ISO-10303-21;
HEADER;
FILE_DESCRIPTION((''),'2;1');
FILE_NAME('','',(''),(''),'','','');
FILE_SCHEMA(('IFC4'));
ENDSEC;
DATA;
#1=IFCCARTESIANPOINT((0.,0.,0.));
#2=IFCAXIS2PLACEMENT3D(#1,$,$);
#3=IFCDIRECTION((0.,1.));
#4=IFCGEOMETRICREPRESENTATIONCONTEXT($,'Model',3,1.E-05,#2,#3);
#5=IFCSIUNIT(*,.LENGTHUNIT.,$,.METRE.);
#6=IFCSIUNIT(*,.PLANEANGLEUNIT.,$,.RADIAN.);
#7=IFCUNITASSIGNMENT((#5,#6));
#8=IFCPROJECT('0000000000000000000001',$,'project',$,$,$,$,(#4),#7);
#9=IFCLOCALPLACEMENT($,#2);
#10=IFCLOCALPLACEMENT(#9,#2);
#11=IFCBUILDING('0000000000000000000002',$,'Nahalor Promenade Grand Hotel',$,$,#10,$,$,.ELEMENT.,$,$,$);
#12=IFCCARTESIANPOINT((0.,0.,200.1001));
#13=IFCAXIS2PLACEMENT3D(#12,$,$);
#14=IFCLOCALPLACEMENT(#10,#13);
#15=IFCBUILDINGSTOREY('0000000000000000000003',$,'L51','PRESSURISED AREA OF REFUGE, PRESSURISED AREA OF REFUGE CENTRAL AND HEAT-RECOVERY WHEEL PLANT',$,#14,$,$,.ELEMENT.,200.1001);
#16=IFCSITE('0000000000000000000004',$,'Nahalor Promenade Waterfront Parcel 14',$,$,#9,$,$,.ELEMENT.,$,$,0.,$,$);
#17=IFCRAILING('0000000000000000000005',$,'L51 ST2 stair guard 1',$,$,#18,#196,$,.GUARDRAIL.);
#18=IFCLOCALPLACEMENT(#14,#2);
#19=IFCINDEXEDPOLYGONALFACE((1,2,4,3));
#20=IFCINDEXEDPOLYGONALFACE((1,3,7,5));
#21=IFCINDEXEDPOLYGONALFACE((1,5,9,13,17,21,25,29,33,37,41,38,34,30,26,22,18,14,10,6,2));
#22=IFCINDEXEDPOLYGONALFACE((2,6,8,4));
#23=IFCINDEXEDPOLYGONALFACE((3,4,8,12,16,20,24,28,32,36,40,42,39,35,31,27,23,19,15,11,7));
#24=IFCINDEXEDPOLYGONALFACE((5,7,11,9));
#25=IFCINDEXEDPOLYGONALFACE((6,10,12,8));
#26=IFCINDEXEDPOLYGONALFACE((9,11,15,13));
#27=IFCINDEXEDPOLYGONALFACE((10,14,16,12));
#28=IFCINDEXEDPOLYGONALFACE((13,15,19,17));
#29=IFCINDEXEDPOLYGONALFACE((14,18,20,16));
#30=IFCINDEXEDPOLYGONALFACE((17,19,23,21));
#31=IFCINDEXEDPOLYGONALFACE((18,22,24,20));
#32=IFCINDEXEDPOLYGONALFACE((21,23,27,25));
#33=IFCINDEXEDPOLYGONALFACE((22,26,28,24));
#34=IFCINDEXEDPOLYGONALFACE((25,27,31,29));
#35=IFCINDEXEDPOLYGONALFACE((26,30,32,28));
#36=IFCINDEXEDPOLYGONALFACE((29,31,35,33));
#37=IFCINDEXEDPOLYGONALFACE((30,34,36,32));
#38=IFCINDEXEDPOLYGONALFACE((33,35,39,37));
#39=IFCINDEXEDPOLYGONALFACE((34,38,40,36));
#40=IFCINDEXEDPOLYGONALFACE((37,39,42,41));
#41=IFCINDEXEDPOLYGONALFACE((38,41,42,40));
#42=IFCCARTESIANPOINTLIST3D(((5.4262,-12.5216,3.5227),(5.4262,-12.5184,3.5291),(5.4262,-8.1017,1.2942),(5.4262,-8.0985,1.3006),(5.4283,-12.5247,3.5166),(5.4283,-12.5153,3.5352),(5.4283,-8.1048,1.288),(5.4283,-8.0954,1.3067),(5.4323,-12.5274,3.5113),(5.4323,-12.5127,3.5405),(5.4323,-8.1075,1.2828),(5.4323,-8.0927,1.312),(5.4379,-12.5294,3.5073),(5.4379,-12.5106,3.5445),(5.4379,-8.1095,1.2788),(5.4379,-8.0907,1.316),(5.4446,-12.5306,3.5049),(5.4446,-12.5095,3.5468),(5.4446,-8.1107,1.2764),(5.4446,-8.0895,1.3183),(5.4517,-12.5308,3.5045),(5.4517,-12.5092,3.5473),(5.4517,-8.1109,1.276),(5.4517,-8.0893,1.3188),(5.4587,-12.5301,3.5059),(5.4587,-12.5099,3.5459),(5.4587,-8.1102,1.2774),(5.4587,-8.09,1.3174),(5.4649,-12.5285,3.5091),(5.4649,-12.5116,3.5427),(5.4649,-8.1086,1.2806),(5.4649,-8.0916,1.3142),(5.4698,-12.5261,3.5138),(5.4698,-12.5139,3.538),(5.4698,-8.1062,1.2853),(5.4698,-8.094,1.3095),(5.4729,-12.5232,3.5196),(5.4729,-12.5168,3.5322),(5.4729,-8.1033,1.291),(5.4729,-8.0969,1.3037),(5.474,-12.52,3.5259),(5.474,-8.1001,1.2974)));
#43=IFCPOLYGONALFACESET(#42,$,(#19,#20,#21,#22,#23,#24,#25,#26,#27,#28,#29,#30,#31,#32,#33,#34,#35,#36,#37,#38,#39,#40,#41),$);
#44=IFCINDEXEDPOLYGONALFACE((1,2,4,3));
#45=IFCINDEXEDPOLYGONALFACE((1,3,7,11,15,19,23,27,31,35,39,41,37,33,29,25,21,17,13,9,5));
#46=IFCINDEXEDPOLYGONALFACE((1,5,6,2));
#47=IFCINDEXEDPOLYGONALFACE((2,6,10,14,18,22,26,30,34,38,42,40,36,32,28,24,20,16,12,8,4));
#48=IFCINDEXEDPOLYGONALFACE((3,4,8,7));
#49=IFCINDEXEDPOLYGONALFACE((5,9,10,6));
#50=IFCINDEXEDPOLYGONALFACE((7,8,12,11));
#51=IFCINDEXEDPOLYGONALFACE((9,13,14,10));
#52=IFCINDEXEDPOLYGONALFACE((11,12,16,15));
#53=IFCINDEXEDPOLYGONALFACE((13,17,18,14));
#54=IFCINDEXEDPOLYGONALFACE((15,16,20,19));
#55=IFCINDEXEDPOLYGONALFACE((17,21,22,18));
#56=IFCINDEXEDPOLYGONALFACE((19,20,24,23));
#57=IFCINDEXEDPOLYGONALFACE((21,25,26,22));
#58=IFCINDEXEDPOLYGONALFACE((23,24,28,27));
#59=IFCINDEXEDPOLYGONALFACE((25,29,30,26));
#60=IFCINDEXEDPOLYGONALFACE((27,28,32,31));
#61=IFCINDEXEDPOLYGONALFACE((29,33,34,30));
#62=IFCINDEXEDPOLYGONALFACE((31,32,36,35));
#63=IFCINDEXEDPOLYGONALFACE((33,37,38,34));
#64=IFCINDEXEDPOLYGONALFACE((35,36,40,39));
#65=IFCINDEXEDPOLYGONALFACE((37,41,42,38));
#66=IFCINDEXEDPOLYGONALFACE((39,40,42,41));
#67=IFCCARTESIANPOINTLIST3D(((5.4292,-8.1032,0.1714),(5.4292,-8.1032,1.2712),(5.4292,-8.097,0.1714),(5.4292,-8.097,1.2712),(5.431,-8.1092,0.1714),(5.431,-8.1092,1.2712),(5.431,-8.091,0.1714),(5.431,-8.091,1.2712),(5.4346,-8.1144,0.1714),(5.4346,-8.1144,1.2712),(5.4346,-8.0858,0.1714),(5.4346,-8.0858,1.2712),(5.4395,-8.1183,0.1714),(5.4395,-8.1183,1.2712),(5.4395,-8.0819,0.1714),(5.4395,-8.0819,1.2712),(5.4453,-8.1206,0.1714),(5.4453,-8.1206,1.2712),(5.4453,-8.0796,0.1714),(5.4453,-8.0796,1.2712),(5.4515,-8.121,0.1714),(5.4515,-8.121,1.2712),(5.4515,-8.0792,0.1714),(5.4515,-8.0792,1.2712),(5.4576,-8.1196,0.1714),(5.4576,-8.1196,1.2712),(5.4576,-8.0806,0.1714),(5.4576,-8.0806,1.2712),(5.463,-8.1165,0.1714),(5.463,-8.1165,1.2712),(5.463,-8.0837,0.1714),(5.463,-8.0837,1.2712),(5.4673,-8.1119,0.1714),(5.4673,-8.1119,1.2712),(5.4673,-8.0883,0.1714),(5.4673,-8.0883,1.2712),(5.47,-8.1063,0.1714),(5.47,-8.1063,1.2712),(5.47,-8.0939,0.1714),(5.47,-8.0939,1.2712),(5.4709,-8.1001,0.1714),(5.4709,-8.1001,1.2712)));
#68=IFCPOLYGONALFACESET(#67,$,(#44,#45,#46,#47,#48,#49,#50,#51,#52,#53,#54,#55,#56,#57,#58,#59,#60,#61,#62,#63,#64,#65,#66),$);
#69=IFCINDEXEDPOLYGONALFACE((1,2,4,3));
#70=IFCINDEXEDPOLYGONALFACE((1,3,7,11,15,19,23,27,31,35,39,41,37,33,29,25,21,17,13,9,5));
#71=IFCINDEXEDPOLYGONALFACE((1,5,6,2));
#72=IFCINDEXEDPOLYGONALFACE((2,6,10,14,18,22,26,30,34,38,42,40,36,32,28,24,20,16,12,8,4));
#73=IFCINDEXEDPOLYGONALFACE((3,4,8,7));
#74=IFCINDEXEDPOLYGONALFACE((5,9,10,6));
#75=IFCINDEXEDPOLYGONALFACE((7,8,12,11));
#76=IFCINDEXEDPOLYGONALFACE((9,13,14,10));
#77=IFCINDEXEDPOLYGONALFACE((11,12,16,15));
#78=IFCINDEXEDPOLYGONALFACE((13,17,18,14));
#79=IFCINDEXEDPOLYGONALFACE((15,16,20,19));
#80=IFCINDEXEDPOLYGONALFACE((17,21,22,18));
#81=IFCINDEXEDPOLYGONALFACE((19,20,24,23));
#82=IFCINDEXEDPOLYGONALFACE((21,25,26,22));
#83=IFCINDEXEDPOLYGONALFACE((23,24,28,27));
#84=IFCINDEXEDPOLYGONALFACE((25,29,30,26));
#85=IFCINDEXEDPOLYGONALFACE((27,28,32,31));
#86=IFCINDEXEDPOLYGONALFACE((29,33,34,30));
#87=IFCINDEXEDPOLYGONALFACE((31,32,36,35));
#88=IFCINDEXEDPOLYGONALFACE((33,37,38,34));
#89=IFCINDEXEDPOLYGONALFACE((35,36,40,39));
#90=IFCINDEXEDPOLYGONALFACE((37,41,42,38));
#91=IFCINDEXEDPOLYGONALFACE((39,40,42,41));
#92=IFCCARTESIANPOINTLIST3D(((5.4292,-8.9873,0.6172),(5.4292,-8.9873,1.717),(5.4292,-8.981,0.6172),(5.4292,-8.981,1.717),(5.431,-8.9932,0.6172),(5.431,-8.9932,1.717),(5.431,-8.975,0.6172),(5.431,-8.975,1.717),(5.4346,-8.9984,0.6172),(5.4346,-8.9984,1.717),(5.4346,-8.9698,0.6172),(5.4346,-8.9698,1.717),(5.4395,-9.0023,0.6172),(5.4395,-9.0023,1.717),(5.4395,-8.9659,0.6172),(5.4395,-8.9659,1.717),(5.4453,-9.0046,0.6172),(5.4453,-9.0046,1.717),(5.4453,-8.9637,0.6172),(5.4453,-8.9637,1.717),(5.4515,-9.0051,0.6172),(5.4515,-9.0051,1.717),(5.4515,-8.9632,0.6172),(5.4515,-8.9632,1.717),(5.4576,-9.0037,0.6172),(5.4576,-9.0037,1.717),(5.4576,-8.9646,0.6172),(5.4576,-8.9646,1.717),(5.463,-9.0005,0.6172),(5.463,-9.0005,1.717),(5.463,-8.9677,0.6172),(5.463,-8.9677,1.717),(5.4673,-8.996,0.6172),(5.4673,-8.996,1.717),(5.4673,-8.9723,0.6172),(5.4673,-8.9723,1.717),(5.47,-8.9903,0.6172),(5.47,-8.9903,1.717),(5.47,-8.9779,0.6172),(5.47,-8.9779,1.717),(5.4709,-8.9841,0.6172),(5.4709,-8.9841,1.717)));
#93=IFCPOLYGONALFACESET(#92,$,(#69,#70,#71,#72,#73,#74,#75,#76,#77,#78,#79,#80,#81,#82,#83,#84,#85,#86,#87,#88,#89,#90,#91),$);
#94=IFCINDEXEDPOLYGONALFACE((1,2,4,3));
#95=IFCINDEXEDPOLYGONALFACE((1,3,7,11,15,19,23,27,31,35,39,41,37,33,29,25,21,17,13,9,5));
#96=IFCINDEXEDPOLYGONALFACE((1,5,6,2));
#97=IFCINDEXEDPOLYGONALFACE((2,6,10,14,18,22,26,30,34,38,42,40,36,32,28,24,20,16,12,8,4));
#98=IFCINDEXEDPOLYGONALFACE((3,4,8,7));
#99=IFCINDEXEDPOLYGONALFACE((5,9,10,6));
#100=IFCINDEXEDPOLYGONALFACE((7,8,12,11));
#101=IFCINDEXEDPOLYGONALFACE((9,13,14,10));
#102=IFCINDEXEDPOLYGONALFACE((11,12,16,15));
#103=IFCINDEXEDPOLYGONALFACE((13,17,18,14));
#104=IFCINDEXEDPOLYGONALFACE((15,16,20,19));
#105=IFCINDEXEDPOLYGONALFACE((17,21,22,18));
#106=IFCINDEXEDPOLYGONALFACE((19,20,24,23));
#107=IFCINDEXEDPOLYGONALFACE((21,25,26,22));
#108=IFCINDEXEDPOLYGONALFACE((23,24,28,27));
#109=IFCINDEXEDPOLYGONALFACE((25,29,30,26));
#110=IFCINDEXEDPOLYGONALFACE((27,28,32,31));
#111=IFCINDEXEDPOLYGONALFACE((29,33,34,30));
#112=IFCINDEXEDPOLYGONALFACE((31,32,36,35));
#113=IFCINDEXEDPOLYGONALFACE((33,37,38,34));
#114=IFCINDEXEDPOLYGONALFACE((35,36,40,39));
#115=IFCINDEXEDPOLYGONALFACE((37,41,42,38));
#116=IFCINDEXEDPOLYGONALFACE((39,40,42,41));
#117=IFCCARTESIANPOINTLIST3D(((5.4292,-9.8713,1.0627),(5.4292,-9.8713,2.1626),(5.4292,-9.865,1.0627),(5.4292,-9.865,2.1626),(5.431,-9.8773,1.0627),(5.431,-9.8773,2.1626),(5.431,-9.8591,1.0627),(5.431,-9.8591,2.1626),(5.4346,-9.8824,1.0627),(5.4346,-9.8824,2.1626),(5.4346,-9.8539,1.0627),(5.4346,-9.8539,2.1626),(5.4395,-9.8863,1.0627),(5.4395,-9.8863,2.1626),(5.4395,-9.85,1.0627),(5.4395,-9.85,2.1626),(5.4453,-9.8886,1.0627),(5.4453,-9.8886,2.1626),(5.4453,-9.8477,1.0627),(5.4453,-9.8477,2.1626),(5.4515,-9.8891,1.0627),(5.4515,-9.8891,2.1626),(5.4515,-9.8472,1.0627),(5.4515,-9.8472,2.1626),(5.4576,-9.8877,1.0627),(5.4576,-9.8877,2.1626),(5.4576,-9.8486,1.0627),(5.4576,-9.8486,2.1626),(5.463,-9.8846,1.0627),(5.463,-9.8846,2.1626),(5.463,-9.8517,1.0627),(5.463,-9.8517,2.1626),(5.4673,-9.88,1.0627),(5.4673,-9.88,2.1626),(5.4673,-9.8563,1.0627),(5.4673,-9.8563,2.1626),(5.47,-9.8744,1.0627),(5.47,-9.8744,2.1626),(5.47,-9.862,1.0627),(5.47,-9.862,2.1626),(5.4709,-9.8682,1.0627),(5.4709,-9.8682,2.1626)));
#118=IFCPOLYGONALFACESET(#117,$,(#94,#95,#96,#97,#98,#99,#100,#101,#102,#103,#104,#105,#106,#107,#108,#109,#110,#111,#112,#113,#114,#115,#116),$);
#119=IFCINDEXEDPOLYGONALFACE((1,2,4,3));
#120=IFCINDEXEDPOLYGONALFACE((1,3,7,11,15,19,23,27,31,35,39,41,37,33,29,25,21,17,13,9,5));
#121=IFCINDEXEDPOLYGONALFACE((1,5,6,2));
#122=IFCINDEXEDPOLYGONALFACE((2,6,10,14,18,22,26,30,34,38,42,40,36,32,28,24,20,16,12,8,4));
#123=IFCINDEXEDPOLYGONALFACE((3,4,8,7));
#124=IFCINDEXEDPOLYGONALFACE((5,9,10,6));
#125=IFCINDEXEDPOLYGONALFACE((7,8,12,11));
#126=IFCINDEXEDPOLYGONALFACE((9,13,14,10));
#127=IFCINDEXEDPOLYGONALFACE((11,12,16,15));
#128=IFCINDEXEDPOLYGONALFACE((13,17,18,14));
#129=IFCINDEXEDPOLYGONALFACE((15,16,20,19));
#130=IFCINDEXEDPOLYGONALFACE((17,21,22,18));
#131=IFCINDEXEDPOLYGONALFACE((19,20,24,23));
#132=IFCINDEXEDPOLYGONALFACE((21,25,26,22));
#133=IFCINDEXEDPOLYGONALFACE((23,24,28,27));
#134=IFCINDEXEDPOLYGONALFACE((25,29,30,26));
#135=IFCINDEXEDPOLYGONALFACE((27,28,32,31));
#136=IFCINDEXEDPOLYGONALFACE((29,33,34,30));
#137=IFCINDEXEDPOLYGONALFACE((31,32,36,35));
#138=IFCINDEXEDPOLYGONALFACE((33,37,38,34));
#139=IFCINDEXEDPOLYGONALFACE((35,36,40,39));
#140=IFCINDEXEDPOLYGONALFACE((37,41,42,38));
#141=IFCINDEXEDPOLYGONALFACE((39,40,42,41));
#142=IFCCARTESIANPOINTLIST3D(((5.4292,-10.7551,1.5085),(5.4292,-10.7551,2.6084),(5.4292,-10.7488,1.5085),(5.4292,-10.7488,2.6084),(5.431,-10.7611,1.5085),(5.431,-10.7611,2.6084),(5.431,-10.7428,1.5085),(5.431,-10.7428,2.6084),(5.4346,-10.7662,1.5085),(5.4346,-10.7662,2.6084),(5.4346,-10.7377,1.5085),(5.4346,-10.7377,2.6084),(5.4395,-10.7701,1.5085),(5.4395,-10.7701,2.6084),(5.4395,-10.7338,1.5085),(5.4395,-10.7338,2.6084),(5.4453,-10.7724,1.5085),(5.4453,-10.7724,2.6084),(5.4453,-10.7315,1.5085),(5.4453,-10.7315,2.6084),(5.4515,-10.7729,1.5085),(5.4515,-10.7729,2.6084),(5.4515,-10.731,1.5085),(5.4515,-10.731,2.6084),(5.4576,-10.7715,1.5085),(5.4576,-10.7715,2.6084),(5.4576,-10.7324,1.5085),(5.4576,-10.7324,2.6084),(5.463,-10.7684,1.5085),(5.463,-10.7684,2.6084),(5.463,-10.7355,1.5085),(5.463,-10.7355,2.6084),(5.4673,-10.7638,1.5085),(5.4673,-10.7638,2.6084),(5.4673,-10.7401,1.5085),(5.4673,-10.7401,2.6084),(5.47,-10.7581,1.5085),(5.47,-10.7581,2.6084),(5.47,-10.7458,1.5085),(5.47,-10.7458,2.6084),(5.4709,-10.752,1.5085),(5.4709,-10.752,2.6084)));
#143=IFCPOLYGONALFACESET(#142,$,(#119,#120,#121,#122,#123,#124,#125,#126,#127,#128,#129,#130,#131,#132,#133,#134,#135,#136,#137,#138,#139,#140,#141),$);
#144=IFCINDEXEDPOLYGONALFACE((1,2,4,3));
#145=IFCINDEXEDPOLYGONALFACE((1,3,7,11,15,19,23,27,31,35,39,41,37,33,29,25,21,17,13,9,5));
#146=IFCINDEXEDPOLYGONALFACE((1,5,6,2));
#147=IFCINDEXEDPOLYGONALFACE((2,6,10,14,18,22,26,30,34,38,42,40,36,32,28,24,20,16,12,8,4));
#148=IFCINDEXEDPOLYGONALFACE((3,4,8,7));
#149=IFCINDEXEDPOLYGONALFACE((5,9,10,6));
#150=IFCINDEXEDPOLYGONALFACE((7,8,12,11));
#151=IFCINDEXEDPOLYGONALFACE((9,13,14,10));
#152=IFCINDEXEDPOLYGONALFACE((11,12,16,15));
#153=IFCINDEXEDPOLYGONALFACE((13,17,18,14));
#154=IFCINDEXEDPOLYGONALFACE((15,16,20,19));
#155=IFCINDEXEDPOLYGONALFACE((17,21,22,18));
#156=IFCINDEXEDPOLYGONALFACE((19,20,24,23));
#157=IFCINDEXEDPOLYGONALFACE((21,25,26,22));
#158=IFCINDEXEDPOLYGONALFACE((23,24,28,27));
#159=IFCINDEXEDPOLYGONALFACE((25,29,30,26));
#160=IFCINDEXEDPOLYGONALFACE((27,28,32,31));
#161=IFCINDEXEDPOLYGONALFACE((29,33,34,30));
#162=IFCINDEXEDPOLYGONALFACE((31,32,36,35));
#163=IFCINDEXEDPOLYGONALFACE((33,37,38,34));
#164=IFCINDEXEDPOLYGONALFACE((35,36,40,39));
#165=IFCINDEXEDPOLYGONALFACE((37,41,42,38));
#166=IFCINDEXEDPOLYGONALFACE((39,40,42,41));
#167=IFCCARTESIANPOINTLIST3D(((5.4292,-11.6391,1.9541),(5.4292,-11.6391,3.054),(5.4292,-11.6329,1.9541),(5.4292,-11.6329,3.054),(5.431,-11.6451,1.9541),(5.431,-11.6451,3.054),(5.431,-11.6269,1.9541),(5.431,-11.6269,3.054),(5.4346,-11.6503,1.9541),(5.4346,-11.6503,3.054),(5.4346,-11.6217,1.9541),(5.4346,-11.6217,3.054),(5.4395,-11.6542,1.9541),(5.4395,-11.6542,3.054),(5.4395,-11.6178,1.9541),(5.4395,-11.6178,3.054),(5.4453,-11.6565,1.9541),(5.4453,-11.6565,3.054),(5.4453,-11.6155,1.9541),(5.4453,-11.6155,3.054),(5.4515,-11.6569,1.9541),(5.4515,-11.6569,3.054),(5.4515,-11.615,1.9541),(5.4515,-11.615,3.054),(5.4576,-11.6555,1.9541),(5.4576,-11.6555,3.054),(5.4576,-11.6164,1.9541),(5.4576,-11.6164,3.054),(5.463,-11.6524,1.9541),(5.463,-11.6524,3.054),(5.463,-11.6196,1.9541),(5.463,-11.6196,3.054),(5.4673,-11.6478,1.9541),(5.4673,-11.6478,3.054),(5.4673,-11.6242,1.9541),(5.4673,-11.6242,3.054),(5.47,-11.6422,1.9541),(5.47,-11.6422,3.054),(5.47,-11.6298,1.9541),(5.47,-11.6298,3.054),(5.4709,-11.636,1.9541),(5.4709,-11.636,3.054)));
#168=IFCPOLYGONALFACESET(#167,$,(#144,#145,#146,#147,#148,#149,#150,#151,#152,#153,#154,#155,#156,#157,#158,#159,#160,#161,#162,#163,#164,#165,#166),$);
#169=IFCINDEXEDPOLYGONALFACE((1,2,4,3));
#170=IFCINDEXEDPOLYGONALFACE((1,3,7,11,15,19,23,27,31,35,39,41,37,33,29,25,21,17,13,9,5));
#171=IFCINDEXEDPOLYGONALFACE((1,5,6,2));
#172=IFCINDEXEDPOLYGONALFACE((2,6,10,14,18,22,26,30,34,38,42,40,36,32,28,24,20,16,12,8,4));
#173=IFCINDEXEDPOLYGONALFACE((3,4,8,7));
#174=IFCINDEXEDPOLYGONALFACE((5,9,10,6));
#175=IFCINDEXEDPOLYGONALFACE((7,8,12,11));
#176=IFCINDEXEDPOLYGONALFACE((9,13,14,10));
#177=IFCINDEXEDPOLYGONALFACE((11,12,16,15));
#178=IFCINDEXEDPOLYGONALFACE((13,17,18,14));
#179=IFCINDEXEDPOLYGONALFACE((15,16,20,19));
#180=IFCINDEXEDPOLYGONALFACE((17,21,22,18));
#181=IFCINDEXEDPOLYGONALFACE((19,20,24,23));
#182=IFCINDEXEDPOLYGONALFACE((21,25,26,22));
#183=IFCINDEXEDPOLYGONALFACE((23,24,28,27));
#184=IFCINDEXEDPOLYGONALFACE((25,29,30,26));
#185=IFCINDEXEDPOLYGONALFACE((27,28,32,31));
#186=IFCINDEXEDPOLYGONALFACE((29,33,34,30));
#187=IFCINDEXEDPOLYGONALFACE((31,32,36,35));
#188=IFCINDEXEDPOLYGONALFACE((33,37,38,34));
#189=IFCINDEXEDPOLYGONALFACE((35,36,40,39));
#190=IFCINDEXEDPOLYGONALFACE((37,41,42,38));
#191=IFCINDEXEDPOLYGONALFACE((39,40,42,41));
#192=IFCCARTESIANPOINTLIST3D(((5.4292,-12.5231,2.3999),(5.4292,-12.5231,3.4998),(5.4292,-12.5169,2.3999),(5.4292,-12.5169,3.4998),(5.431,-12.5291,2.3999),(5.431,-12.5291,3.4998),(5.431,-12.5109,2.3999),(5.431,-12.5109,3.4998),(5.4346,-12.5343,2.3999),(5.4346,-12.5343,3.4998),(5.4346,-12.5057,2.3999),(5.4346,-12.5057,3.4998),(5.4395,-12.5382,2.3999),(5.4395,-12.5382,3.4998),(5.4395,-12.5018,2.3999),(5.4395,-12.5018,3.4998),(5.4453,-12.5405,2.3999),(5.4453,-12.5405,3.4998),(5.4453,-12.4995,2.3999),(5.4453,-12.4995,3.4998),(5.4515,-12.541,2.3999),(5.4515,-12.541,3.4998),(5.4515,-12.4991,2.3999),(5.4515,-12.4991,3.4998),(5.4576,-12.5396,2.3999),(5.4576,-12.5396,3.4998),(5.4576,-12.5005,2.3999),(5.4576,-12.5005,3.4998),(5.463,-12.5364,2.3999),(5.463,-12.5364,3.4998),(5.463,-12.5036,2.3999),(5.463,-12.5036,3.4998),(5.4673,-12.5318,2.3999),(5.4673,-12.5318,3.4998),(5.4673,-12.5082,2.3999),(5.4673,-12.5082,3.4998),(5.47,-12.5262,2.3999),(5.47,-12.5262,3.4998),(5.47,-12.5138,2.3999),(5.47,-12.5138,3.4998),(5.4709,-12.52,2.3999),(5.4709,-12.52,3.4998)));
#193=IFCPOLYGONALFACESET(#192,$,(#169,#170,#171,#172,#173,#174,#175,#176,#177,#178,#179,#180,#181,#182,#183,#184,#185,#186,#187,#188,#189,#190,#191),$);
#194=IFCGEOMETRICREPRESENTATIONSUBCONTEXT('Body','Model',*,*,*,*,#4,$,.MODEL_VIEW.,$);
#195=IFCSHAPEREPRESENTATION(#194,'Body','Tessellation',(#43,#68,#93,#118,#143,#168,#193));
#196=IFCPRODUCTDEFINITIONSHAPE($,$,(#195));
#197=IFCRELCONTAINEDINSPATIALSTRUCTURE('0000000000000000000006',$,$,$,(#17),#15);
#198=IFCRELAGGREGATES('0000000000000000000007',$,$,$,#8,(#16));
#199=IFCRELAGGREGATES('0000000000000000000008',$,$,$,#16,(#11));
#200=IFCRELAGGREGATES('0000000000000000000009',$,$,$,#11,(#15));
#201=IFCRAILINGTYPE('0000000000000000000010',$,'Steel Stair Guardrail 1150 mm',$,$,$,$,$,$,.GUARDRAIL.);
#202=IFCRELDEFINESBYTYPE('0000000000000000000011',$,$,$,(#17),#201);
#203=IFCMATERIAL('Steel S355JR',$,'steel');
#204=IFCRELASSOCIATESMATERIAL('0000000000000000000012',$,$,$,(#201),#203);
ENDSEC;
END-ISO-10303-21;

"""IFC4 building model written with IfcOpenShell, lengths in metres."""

from ifc_helpers import new_model, si_unit, direction, frame, origin, origin_2d, place, context, subcontext, project, spatial, circle, extrude, material, type_object, element, save


model = new_model("IFC4")

# Units and contexts
model_context = context("Model", 3, precision=1e-05, world=origin(), true_north=direction((0.0, 1.0)))
body_context = subcontext(model_context, "Body", "Model", "MODEL_VIEW")
ifc_project = project(units=[si_unit("LENGTHUNIT", "METRE"), si_unit("PLANEANGLEUNIT", "RADIAN")], contexts=[model_context])

# Site, building, storey
site_placement = place(None, origin())
site = spatial("IfcSite", under=ifc_project, at=site_placement, Name="Nahalor Promenade Waterfront Parcel 14", CompositionType="ELEMENT", RefElevation=0.0)
building_placement = place(site_placement, origin())
building = spatial("IfcBuilding", under=site, at=building_placement, Name="Nahalor Promenade Grand Hotel", CompositionType="ELEMENT")
storey_placement = place(building_placement, frame((0.0, 0.0, 200.1001)))
storey = spatial("IfcBuildingStorey", under=building, at=storey_placement, Name="L51", Description="PRESSURISED AREA OF REFUGE, PRESSURISED AREA OF REFUGE CENTRAL AND HEAT-RECOVERY WHEEL PLANT", CompositionType="ELEMENT", Elevation=200.1001)

# Shared definitions
ifc_material_1 = material(Name="Steel S355JR", Category="steel")

# Railing
railing_type_1 = type_object("IfcRailingType", Name="Steel Stair Guardrail 1150 mm", PredefinedType="GUARDRAIL", material=ifc_material_1)
railing_1_placement = place(storey_placement, frame((5.45, -8.1001, 0.1714)))
element("IfcRailing", 1, at=railing_1_placement, inside=storey, type_object=railing_type_1, Name="L51 ST2 stair guard 1", PredefinedType="GUARDRAIL", context=body_context, shape_type="SweptSolid", body=[
    extrude(circle(Radius=0.024, at=origin_2d()), frame((0.0, 0.0, 1.126), z_axis=(0.0, -0.892923, 0.45021), x_axis=(1.0, 0.0, 0.0)), (0.0, 0.0, 1.0), 4.95),
    extrude(circle(Radius=0.021, at=origin_2d()), origin(), (0.0, 0.0, 1.0), 1.0999),
    extrude(circle(Radius=0.021, at=origin_2d()), frame((0.0, -0.884, 0.4458)), (0.0, 0.0, 1.0), 1.0999),
    extrude(circle(Radius=0.021, at=origin_2d()), frame((0.0, -1.7681, 0.8914)), (0.0, 0.0, 1.0), 1.0999),
    extrude(circle(Radius=0.021, at=origin_2d()), frame((0.0, -2.6519, 1.3372)), (0.0, 0.0, 1.0), 1.0999),
    extrude(circle(Radius=0.021, at=origin_2d()), frame((0.0, -3.5359, 1.7827)), (0.0, 0.0, 1.0), 1.0999),
    extrude(circle(Radius=0.021, at=origin_2d()), frame((0.0, -4.4199, 2.2285)), (0.0, 0.0, 1.0), 1.0999),
])

save(model, "model.ifc")
